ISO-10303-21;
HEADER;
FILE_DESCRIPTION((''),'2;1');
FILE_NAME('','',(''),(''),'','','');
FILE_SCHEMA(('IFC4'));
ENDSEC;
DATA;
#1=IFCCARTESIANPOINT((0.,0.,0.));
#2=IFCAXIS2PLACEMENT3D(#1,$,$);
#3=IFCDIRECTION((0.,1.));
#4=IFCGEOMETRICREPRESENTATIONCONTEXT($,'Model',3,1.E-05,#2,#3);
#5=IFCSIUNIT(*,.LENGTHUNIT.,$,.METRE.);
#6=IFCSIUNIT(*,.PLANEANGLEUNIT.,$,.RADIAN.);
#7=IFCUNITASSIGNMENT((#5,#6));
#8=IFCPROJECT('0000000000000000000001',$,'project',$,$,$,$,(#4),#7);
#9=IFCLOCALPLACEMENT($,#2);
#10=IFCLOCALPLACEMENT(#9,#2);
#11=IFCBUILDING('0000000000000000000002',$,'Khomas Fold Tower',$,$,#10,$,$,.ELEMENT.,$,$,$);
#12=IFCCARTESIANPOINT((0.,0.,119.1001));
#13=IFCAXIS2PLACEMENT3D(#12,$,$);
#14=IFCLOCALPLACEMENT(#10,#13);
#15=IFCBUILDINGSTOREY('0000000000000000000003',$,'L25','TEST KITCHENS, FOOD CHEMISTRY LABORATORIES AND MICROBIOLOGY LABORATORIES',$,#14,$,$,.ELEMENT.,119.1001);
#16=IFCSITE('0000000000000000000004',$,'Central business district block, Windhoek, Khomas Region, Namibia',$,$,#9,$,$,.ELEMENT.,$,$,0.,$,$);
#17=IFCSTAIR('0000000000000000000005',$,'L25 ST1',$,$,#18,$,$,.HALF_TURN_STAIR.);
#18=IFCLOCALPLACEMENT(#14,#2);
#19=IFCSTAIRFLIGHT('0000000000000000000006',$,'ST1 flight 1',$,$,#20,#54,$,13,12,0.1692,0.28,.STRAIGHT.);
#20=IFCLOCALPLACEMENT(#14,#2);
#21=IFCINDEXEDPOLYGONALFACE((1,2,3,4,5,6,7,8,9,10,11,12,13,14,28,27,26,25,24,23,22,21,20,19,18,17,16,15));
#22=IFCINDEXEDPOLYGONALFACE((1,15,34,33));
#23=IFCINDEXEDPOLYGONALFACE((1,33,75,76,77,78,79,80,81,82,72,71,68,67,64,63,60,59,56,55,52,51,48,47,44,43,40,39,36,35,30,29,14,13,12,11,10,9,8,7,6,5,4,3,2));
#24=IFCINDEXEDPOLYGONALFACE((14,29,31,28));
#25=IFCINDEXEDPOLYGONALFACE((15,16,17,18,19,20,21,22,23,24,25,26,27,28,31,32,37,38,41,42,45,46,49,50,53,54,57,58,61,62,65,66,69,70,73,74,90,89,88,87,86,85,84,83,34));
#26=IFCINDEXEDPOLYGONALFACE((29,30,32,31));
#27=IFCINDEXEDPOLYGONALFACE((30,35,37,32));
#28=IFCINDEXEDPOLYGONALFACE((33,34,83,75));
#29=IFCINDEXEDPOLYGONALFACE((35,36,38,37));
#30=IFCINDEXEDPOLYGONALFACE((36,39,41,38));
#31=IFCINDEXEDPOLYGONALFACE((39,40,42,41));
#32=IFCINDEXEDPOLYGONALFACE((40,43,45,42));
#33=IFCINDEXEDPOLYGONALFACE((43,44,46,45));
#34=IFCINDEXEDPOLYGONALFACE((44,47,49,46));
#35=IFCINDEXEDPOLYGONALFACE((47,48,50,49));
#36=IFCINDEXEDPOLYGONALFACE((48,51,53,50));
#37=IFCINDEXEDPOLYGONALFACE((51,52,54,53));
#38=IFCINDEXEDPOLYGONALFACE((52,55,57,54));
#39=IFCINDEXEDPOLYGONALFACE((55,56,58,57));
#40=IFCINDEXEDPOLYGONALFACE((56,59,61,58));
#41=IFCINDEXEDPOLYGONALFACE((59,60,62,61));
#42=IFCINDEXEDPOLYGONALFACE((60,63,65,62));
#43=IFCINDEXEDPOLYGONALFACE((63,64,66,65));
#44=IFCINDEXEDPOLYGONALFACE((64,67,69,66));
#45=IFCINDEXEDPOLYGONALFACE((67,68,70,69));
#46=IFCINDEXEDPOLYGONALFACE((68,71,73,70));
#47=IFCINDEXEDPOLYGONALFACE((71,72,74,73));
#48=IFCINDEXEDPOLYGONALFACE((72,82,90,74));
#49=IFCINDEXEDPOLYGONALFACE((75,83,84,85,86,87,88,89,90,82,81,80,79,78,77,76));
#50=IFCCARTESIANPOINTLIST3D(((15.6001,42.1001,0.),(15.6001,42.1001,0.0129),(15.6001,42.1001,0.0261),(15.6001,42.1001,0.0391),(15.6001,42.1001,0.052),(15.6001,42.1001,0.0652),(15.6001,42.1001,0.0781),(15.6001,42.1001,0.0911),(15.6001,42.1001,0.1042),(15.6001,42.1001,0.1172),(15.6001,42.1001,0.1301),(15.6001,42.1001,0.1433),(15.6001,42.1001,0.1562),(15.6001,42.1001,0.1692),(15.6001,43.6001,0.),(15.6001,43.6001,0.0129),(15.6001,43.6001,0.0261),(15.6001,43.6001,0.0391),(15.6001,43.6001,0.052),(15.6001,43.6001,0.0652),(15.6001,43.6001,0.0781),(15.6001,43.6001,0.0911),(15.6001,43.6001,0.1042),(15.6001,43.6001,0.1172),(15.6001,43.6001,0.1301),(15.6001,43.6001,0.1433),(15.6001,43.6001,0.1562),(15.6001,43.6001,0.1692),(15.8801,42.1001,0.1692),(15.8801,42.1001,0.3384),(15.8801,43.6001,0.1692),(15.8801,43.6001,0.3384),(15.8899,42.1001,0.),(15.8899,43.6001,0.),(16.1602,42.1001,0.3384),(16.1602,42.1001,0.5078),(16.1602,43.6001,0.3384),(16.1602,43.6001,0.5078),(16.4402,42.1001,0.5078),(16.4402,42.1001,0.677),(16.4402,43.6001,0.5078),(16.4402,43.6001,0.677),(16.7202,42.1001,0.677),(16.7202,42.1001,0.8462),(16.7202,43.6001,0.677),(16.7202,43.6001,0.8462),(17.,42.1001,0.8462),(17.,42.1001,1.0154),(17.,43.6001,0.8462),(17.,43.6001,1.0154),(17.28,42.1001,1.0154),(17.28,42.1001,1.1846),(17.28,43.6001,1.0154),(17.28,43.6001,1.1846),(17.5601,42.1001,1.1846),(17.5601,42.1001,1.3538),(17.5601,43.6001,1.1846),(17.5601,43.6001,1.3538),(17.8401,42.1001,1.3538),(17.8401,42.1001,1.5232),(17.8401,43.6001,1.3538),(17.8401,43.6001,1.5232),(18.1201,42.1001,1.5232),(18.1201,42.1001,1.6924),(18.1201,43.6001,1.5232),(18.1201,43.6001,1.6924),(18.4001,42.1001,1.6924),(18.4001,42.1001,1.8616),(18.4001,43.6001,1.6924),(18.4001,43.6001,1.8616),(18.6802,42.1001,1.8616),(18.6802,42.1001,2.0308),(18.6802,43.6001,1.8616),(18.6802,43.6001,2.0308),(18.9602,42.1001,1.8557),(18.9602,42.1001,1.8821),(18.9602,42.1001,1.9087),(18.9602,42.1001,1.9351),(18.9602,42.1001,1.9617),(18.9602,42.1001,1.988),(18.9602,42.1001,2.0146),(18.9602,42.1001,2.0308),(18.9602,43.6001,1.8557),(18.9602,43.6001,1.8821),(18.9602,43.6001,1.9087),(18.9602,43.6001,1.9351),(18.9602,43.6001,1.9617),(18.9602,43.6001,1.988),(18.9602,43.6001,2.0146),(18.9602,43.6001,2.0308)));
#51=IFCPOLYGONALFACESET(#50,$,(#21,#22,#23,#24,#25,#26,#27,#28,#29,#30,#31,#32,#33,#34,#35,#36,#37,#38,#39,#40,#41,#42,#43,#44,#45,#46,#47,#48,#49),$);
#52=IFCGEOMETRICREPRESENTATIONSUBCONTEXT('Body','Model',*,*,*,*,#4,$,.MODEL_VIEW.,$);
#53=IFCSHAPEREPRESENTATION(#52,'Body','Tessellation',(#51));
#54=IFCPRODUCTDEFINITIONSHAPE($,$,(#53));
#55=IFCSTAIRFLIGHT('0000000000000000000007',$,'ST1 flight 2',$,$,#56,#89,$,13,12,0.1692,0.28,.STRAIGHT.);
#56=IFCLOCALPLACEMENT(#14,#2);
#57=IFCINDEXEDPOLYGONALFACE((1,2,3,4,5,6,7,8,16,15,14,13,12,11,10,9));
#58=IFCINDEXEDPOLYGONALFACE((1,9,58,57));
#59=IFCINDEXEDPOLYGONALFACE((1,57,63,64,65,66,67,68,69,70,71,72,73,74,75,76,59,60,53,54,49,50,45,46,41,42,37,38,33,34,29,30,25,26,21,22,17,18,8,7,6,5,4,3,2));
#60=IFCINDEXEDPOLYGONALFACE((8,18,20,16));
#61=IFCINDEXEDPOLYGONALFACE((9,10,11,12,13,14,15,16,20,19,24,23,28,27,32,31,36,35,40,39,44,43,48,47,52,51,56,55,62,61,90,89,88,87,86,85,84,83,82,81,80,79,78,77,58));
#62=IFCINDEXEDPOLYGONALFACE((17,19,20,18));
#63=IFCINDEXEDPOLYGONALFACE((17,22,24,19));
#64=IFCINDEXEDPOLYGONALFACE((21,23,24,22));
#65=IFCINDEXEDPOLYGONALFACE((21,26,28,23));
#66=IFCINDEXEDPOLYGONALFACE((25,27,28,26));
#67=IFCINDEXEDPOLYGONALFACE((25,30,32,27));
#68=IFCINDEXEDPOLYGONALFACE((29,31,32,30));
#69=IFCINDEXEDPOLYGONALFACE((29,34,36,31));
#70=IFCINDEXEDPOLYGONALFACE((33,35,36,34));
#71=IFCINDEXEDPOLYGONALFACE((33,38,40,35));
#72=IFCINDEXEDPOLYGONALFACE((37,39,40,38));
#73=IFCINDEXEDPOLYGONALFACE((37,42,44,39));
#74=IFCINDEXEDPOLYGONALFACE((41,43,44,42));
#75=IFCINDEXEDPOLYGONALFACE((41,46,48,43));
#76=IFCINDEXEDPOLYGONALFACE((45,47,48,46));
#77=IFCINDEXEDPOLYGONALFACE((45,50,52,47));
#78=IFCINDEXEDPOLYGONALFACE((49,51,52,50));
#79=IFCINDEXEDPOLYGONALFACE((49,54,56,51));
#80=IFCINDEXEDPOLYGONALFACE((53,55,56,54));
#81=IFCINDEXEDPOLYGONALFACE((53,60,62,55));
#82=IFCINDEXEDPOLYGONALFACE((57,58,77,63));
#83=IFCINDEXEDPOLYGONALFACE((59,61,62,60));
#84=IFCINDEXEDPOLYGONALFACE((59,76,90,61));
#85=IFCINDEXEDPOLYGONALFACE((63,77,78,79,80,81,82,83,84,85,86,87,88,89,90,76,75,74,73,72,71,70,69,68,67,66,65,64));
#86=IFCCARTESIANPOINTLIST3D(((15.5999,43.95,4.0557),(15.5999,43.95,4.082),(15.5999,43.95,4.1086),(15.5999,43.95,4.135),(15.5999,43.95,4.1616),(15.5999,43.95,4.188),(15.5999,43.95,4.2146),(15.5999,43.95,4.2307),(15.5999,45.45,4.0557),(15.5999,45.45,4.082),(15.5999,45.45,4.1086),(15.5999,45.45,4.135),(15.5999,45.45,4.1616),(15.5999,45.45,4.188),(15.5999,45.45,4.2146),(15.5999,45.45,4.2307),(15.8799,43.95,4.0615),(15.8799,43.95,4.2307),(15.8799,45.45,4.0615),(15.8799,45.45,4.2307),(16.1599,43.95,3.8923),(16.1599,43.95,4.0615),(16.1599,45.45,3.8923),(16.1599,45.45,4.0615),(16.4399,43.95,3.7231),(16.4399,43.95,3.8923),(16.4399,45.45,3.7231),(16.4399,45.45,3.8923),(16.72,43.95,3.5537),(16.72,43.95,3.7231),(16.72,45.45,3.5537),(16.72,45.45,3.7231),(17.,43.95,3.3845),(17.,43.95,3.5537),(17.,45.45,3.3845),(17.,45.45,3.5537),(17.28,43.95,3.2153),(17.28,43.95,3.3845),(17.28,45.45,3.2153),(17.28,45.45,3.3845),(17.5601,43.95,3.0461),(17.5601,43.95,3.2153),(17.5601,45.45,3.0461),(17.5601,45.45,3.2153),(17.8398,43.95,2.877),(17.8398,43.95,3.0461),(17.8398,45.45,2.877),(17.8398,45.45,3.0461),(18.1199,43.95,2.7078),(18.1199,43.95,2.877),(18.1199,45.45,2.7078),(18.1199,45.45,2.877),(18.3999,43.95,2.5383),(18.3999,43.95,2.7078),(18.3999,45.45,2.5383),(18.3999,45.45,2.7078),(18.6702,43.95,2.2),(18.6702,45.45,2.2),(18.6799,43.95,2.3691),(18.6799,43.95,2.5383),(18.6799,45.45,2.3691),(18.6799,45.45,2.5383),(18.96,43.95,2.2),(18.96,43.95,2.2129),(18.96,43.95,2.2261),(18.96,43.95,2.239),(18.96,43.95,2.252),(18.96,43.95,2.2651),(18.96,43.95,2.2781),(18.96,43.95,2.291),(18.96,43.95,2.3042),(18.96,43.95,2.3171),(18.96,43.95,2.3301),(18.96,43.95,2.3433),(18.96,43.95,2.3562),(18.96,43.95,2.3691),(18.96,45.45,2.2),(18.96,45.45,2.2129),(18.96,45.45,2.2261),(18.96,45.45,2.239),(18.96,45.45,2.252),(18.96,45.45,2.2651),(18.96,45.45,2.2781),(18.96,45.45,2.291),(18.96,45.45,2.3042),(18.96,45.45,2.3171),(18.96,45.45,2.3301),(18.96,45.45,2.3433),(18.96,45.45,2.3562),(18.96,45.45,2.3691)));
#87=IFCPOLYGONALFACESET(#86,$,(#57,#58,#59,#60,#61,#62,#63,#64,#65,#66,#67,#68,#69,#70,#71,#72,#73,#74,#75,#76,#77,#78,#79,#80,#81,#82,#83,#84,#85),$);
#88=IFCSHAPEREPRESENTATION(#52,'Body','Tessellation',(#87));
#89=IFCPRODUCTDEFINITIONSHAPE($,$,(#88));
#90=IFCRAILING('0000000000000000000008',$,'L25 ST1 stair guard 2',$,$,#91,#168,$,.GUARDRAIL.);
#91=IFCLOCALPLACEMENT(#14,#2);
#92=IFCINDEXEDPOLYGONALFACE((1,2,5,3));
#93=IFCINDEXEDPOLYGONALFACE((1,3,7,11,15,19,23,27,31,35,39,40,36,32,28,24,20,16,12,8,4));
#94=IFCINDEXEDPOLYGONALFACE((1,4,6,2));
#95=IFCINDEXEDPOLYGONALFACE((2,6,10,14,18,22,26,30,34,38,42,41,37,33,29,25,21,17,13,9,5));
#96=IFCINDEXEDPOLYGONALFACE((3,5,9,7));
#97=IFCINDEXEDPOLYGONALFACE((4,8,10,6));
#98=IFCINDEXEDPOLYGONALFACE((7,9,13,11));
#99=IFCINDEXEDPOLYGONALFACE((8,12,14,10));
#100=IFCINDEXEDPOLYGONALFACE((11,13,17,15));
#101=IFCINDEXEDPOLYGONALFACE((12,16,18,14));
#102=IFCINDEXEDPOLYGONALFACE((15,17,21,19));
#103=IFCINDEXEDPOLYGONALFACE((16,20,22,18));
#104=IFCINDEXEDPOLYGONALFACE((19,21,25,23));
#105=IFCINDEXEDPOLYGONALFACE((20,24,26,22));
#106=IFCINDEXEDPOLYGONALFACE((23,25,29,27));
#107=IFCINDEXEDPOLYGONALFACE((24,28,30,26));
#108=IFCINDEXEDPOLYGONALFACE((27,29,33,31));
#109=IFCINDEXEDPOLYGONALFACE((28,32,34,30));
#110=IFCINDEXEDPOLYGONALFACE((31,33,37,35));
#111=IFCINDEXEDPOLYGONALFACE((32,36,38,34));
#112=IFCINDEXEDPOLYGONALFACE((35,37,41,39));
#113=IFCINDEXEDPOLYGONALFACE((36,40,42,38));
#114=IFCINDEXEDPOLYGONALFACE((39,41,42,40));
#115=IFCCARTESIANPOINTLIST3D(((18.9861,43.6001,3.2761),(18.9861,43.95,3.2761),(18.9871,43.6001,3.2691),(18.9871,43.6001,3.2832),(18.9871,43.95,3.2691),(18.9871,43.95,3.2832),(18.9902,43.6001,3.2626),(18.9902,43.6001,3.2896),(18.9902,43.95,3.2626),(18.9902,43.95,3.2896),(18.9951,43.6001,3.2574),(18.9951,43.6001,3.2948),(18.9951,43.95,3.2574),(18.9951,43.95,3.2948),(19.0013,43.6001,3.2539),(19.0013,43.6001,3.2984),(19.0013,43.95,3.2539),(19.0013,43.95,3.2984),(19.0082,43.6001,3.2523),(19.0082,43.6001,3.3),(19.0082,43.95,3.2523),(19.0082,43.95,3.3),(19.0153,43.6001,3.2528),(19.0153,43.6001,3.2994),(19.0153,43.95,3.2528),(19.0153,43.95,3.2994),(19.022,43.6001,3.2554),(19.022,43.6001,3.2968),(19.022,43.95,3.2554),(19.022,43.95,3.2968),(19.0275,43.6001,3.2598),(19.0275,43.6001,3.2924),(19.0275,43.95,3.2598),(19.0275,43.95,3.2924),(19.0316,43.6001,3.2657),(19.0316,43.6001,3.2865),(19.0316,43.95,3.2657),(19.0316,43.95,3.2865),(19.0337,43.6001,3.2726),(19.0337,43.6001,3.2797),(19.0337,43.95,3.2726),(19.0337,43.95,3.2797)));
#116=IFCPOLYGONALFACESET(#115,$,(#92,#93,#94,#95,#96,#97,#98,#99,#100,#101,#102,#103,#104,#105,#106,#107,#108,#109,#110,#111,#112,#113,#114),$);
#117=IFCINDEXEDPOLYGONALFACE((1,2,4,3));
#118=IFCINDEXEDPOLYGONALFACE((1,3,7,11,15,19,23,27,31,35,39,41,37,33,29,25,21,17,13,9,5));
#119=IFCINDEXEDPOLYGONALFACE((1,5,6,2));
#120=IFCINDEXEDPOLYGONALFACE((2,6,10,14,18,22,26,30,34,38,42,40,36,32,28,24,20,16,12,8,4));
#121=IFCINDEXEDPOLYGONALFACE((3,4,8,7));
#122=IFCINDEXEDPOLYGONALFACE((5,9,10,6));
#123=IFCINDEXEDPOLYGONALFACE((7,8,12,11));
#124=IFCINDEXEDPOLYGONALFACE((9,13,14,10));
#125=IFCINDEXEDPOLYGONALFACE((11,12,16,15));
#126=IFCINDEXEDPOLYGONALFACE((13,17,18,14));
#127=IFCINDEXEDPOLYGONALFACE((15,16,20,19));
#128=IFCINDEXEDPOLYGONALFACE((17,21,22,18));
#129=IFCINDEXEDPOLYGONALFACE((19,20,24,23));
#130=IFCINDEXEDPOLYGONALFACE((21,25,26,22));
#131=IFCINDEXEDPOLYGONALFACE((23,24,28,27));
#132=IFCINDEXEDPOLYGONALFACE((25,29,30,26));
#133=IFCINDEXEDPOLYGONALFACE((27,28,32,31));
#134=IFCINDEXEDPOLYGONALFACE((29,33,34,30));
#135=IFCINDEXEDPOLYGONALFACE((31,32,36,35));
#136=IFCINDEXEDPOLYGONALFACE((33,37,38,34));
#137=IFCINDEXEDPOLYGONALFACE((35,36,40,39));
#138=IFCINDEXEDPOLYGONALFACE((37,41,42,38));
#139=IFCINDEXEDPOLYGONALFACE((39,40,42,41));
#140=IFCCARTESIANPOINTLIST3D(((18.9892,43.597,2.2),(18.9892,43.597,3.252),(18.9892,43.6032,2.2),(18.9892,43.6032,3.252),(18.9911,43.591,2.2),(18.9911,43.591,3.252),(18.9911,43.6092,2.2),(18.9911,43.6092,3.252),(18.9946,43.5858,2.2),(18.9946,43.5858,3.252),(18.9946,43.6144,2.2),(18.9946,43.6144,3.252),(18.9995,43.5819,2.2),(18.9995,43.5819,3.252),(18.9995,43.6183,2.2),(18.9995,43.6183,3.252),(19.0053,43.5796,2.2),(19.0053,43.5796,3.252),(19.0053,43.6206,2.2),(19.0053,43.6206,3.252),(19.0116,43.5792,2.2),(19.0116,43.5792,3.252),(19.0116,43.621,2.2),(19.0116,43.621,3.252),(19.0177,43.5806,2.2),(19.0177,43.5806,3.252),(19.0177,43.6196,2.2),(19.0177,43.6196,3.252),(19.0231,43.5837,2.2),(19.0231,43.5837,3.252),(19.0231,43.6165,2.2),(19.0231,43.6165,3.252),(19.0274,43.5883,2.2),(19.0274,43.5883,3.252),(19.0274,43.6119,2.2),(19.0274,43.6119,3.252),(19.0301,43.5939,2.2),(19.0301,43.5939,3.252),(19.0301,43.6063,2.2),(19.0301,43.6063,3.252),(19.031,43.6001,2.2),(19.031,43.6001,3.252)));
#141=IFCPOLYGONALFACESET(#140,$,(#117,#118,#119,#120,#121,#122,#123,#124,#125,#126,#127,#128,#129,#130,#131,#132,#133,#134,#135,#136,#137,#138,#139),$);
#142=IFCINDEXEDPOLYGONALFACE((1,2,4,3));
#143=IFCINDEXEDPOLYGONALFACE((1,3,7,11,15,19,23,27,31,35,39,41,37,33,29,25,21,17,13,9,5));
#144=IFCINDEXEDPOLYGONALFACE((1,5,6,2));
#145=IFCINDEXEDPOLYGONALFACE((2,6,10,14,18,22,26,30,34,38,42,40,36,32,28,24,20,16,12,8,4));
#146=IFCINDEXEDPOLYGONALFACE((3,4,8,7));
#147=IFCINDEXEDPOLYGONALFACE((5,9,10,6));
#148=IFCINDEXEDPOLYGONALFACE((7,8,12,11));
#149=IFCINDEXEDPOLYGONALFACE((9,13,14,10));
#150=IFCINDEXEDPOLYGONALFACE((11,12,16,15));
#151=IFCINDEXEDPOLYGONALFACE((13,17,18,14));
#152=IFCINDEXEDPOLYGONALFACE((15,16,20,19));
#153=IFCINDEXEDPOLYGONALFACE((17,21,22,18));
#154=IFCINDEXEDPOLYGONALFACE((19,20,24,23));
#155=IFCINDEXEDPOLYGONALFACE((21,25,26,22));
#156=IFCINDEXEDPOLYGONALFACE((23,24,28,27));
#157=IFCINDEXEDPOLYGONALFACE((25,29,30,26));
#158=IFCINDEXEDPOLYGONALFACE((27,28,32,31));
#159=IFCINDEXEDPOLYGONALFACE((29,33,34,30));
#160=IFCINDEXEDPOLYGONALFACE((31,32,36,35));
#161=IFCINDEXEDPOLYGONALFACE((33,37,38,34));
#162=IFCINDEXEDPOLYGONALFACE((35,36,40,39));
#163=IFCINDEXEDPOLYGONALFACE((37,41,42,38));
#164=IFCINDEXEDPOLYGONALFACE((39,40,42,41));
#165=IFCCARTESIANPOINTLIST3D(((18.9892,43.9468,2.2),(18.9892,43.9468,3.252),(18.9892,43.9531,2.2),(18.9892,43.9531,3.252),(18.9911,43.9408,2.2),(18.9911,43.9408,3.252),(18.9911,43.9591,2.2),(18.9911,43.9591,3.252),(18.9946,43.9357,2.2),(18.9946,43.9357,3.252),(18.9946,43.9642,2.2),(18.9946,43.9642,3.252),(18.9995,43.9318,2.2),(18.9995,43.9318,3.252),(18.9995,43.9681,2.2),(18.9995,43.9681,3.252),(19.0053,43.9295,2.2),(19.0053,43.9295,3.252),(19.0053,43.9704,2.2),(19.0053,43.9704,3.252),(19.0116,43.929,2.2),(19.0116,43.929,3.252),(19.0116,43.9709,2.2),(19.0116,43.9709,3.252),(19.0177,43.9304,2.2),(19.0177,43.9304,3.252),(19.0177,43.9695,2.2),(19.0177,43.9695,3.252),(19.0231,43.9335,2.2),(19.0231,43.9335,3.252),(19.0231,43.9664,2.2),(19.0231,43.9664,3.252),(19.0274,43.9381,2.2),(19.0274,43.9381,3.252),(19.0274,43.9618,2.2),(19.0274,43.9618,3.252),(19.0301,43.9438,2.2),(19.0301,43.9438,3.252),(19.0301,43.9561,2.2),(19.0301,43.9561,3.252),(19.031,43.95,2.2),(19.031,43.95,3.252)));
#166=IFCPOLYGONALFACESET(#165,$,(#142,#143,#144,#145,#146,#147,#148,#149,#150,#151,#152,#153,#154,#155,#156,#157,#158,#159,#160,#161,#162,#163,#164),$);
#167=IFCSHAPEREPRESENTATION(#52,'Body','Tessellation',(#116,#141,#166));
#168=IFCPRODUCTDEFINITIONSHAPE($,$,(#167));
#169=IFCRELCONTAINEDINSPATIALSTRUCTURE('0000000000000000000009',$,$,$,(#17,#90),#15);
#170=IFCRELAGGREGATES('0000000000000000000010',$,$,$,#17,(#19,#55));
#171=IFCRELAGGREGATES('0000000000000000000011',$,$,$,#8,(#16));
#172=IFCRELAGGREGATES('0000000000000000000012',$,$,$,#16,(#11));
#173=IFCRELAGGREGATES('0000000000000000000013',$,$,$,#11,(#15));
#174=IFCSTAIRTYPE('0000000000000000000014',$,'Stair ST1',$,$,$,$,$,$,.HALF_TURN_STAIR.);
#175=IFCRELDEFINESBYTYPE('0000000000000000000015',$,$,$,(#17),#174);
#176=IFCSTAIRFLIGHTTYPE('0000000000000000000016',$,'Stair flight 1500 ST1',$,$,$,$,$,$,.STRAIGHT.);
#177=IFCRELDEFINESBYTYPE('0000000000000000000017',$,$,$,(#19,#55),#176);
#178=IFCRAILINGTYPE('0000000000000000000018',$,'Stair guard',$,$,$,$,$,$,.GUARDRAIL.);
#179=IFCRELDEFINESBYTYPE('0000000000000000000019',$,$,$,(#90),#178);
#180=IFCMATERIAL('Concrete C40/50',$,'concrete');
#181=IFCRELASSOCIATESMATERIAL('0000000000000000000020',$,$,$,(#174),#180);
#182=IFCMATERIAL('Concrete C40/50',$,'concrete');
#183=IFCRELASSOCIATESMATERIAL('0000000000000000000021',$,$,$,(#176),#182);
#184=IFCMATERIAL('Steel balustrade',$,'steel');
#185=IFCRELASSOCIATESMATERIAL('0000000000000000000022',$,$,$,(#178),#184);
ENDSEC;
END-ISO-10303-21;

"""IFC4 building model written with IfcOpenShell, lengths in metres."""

from ifc_helpers import new_model, si_unit, direction, frame, origin, origin_2d, place, context, subcontext, project, spatial, polyline, circle, outline, extrude, source, transform, mapped, material, type_object, element, aggregate, save


model = new_model("IFC4")

# Units and contexts
model_context = context("Model", 3, precision=1e-05, world=origin(), true_north=direction((0.0, 1.0)))
body_context = subcontext(model_context, "Body", "Model", "MODEL_VIEW")
ifc_project = project(units=[si_unit("LENGTHUNIT", "METRE"), si_unit("PLANEANGLEUNIT", "RADIAN")], contexts=[model_context])

# Site, building, storey
site_placement = place(None, origin())
site = spatial("IfcSite", under=ifc_project, at=site_placement, Name="Central business district block, Windhoek, Khomas Region, Namibia", CompositionType="ELEMENT", RefElevation=0.0)
building_placement = place(site_placement, origin())
building = spatial("IfcBuilding", under=site, at=building_placement, Name="Khomas Fold Tower", CompositionType="ELEMENT")
storey_placement = place(building_placement, frame((0.0, 0.0, 119.1001)))
storey = spatial("IfcBuildingStorey", under=building, at=storey_placement, Name="L25", Description="TEST KITCHENS, FOOD CHEMISTRY LABORATORIES AND MICROBIOLOGY LABORATORIES", CompositionType="ELEMENT", Elevation=119.1001)

# Stair, stair flights
ifc_material_1 = material(Name="Concrete C40/50", Category="concrete")
stair_type = type_object("IfcStairType", Name="Stair ST1", PredefinedType="HALF_TURN_STAIR", material=ifc_material_1)
stair_placement = place(storey_placement, origin())
stair = element("IfcStair", 1, at=stair_placement, inside=storey, type_object=stair_type, Name="L25 ST1", PredefinedType="HALF_TURN_STAIR")
ifc_material_2 = material(Name="Concrete C40/50", Category="concrete")
stair_flight_type = type_object("IfcStairFlightType", Name="Stair flight 1500 ST1", PredefinedType="STRAIGHT", material=ifc_material_2)
shared_shape_1 = source(origin(), body_context, "Body", "SweptSolid", [
    extrude(outline(polyline([(0.0, 0.0), (0.0, 0.0129), (0.0, 0.0261), (0.0, 0.0391), (0.0, 0.052), (0.0, 0.0652), (0.0, 0.0781), (0.0, 0.0911), (0.0, 0.1042), (0.0, 0.1172), (0.0, 0.1301), (0.0, 0.1433), (0.0, 0.1562), (0.0, 0.1692), (0.28, 0.1692), (0.28, 0.3384), (0.5601, 0.3384), (0.5601, 0.5078), (0.8401, 0.5078), (0.8401, 0.677), (1.1201, 0.677), (1.1201, 0.8462), (1.3999, 0.8462), (1.3999, 1.0154), (1.6799, 1.0154), (1.6799, 1.1846), (1.96, 1.1846), (1.96, 1.3538), (2.24, 1.3538), (2.24, 1.5232), (2.52, 1.5232), (2.52, 1.6924), (2.8, 1.6924), (2.8, 1.8616), (3.0801, 1.8616), (3.0801, 2.0308), (3.3601, 2.0308), (3.3601, 2.2), (3.3601, 2.1736), (3.3601, 2.147), (3.3601, 2.1206), (3.3601, 2.094), (3.3601, 2.0676), (3.3601, 2.041), (3.3601, 2.0146), (3.3601, 1.988), (3.3601, 1.9617), (3.3601, 1.9351), (3.3601, 1.9087), (3.3601, 1.8821), (3.3601, 1.8557), (0.2898, 0.0), (0.0, 0.0)])), frame((0.0, 0.75, 0.0), z_axis=(0.0, -1.0, 0.0), x_axis=(1.0, 0.0, 0.0)), (0.0, 0.0, 1.0), 1.5),
])
stair_flight_1_placement = place(storey_placement, frame((15.6001, 42.8501, 0.0), z_axis=(0.0, 0.0, 1.0), x_axis=(1.0, 0.0, 0.0)))
stair_flight_1 = element("IfcStairFlight", 2, at=stair_flight_1_placement, type_object=stair_flight_type, Name="ST1 flight 1", NumberOfRisers=13, NumberOfTreads=12, PredefinedType="STRAIGHT", RiserHeight=0.1692, TreadLength=0.28, context=body_context, shape_type="MappedRepresentation", body=[
    mapped(shared_shape_1, transform((0.0, 0.0, 0.0))),
])
stair_flight_2_placement = place(storey_placement, frame((18.96, 44.7, 2.2), z_axis=(0.0, 0.0, 1.0), x_axis=(-1.0, 0.0, 0.0)))
stair_flight_2 = element("IfcStairFlight", 3, at=stair_flight_2_placement, type_object=stair_flight_type, Name="ST1 flight 2", NumberOfRisers=13, NumberOfTreads=12, PredefinedType="STRAIGHT", RiserHeight=0.1692, TreadLength=0.28, context=body_context, shape_type="MappedRepresentation", body=[
    mapped(shared_shape_1, transform((0.0, 0.0, 0.0))),
])
aggregate(stair, [stair_flight_1, stair_flight_2])

# Railing
ifc_material_3 = material(Name="Steel balustrade", Category="steel")
railing_type_1 = type_object("IfcRailingType", Name="Stair guard", PredefinedType="GUARDRAIL", material=ifc_material_3)
shared_shape_2 = source(origin(), body_context, "Body", "SweptSolid", [
    extrude(circle(Radius=0.0239, at=origin_2d()), frame((0.0, 0.0, 1.0762), z_axis=(0.0, 1.0, 0.0), x_axis=(-1.0, 0.0, 0.0)), (0.0, 0.0, 1.0), 0.3499),
    extrude(circle(Radius=0.021, at=origin_2d()), origin(), (0.0, 0.0, 1.0), 1.052),
    extrude(circle(Radius=0.021, at=origin_2d()), frame((0.0, 0.3499, 0.0)), (0.0, 0.0, 1.0), 1.052),
])
for number, where, name in (
    (4, (19.01, 43.6001, 2.2), "L25 ST1 stair guard 2"),
):
    element("IfcRailing", number, at=place(storey_placement, frame(where)), inside=storey, type_object=railing_type_1, Name=name, PredefinedType="GUARDRAIL", context=body_context, shape_type="MappedRepresentation", body=[
        mapped(shared_shape_2, transform((0.0, 0.0, 0.0))),
    ])

save(model, "model.ifc")
